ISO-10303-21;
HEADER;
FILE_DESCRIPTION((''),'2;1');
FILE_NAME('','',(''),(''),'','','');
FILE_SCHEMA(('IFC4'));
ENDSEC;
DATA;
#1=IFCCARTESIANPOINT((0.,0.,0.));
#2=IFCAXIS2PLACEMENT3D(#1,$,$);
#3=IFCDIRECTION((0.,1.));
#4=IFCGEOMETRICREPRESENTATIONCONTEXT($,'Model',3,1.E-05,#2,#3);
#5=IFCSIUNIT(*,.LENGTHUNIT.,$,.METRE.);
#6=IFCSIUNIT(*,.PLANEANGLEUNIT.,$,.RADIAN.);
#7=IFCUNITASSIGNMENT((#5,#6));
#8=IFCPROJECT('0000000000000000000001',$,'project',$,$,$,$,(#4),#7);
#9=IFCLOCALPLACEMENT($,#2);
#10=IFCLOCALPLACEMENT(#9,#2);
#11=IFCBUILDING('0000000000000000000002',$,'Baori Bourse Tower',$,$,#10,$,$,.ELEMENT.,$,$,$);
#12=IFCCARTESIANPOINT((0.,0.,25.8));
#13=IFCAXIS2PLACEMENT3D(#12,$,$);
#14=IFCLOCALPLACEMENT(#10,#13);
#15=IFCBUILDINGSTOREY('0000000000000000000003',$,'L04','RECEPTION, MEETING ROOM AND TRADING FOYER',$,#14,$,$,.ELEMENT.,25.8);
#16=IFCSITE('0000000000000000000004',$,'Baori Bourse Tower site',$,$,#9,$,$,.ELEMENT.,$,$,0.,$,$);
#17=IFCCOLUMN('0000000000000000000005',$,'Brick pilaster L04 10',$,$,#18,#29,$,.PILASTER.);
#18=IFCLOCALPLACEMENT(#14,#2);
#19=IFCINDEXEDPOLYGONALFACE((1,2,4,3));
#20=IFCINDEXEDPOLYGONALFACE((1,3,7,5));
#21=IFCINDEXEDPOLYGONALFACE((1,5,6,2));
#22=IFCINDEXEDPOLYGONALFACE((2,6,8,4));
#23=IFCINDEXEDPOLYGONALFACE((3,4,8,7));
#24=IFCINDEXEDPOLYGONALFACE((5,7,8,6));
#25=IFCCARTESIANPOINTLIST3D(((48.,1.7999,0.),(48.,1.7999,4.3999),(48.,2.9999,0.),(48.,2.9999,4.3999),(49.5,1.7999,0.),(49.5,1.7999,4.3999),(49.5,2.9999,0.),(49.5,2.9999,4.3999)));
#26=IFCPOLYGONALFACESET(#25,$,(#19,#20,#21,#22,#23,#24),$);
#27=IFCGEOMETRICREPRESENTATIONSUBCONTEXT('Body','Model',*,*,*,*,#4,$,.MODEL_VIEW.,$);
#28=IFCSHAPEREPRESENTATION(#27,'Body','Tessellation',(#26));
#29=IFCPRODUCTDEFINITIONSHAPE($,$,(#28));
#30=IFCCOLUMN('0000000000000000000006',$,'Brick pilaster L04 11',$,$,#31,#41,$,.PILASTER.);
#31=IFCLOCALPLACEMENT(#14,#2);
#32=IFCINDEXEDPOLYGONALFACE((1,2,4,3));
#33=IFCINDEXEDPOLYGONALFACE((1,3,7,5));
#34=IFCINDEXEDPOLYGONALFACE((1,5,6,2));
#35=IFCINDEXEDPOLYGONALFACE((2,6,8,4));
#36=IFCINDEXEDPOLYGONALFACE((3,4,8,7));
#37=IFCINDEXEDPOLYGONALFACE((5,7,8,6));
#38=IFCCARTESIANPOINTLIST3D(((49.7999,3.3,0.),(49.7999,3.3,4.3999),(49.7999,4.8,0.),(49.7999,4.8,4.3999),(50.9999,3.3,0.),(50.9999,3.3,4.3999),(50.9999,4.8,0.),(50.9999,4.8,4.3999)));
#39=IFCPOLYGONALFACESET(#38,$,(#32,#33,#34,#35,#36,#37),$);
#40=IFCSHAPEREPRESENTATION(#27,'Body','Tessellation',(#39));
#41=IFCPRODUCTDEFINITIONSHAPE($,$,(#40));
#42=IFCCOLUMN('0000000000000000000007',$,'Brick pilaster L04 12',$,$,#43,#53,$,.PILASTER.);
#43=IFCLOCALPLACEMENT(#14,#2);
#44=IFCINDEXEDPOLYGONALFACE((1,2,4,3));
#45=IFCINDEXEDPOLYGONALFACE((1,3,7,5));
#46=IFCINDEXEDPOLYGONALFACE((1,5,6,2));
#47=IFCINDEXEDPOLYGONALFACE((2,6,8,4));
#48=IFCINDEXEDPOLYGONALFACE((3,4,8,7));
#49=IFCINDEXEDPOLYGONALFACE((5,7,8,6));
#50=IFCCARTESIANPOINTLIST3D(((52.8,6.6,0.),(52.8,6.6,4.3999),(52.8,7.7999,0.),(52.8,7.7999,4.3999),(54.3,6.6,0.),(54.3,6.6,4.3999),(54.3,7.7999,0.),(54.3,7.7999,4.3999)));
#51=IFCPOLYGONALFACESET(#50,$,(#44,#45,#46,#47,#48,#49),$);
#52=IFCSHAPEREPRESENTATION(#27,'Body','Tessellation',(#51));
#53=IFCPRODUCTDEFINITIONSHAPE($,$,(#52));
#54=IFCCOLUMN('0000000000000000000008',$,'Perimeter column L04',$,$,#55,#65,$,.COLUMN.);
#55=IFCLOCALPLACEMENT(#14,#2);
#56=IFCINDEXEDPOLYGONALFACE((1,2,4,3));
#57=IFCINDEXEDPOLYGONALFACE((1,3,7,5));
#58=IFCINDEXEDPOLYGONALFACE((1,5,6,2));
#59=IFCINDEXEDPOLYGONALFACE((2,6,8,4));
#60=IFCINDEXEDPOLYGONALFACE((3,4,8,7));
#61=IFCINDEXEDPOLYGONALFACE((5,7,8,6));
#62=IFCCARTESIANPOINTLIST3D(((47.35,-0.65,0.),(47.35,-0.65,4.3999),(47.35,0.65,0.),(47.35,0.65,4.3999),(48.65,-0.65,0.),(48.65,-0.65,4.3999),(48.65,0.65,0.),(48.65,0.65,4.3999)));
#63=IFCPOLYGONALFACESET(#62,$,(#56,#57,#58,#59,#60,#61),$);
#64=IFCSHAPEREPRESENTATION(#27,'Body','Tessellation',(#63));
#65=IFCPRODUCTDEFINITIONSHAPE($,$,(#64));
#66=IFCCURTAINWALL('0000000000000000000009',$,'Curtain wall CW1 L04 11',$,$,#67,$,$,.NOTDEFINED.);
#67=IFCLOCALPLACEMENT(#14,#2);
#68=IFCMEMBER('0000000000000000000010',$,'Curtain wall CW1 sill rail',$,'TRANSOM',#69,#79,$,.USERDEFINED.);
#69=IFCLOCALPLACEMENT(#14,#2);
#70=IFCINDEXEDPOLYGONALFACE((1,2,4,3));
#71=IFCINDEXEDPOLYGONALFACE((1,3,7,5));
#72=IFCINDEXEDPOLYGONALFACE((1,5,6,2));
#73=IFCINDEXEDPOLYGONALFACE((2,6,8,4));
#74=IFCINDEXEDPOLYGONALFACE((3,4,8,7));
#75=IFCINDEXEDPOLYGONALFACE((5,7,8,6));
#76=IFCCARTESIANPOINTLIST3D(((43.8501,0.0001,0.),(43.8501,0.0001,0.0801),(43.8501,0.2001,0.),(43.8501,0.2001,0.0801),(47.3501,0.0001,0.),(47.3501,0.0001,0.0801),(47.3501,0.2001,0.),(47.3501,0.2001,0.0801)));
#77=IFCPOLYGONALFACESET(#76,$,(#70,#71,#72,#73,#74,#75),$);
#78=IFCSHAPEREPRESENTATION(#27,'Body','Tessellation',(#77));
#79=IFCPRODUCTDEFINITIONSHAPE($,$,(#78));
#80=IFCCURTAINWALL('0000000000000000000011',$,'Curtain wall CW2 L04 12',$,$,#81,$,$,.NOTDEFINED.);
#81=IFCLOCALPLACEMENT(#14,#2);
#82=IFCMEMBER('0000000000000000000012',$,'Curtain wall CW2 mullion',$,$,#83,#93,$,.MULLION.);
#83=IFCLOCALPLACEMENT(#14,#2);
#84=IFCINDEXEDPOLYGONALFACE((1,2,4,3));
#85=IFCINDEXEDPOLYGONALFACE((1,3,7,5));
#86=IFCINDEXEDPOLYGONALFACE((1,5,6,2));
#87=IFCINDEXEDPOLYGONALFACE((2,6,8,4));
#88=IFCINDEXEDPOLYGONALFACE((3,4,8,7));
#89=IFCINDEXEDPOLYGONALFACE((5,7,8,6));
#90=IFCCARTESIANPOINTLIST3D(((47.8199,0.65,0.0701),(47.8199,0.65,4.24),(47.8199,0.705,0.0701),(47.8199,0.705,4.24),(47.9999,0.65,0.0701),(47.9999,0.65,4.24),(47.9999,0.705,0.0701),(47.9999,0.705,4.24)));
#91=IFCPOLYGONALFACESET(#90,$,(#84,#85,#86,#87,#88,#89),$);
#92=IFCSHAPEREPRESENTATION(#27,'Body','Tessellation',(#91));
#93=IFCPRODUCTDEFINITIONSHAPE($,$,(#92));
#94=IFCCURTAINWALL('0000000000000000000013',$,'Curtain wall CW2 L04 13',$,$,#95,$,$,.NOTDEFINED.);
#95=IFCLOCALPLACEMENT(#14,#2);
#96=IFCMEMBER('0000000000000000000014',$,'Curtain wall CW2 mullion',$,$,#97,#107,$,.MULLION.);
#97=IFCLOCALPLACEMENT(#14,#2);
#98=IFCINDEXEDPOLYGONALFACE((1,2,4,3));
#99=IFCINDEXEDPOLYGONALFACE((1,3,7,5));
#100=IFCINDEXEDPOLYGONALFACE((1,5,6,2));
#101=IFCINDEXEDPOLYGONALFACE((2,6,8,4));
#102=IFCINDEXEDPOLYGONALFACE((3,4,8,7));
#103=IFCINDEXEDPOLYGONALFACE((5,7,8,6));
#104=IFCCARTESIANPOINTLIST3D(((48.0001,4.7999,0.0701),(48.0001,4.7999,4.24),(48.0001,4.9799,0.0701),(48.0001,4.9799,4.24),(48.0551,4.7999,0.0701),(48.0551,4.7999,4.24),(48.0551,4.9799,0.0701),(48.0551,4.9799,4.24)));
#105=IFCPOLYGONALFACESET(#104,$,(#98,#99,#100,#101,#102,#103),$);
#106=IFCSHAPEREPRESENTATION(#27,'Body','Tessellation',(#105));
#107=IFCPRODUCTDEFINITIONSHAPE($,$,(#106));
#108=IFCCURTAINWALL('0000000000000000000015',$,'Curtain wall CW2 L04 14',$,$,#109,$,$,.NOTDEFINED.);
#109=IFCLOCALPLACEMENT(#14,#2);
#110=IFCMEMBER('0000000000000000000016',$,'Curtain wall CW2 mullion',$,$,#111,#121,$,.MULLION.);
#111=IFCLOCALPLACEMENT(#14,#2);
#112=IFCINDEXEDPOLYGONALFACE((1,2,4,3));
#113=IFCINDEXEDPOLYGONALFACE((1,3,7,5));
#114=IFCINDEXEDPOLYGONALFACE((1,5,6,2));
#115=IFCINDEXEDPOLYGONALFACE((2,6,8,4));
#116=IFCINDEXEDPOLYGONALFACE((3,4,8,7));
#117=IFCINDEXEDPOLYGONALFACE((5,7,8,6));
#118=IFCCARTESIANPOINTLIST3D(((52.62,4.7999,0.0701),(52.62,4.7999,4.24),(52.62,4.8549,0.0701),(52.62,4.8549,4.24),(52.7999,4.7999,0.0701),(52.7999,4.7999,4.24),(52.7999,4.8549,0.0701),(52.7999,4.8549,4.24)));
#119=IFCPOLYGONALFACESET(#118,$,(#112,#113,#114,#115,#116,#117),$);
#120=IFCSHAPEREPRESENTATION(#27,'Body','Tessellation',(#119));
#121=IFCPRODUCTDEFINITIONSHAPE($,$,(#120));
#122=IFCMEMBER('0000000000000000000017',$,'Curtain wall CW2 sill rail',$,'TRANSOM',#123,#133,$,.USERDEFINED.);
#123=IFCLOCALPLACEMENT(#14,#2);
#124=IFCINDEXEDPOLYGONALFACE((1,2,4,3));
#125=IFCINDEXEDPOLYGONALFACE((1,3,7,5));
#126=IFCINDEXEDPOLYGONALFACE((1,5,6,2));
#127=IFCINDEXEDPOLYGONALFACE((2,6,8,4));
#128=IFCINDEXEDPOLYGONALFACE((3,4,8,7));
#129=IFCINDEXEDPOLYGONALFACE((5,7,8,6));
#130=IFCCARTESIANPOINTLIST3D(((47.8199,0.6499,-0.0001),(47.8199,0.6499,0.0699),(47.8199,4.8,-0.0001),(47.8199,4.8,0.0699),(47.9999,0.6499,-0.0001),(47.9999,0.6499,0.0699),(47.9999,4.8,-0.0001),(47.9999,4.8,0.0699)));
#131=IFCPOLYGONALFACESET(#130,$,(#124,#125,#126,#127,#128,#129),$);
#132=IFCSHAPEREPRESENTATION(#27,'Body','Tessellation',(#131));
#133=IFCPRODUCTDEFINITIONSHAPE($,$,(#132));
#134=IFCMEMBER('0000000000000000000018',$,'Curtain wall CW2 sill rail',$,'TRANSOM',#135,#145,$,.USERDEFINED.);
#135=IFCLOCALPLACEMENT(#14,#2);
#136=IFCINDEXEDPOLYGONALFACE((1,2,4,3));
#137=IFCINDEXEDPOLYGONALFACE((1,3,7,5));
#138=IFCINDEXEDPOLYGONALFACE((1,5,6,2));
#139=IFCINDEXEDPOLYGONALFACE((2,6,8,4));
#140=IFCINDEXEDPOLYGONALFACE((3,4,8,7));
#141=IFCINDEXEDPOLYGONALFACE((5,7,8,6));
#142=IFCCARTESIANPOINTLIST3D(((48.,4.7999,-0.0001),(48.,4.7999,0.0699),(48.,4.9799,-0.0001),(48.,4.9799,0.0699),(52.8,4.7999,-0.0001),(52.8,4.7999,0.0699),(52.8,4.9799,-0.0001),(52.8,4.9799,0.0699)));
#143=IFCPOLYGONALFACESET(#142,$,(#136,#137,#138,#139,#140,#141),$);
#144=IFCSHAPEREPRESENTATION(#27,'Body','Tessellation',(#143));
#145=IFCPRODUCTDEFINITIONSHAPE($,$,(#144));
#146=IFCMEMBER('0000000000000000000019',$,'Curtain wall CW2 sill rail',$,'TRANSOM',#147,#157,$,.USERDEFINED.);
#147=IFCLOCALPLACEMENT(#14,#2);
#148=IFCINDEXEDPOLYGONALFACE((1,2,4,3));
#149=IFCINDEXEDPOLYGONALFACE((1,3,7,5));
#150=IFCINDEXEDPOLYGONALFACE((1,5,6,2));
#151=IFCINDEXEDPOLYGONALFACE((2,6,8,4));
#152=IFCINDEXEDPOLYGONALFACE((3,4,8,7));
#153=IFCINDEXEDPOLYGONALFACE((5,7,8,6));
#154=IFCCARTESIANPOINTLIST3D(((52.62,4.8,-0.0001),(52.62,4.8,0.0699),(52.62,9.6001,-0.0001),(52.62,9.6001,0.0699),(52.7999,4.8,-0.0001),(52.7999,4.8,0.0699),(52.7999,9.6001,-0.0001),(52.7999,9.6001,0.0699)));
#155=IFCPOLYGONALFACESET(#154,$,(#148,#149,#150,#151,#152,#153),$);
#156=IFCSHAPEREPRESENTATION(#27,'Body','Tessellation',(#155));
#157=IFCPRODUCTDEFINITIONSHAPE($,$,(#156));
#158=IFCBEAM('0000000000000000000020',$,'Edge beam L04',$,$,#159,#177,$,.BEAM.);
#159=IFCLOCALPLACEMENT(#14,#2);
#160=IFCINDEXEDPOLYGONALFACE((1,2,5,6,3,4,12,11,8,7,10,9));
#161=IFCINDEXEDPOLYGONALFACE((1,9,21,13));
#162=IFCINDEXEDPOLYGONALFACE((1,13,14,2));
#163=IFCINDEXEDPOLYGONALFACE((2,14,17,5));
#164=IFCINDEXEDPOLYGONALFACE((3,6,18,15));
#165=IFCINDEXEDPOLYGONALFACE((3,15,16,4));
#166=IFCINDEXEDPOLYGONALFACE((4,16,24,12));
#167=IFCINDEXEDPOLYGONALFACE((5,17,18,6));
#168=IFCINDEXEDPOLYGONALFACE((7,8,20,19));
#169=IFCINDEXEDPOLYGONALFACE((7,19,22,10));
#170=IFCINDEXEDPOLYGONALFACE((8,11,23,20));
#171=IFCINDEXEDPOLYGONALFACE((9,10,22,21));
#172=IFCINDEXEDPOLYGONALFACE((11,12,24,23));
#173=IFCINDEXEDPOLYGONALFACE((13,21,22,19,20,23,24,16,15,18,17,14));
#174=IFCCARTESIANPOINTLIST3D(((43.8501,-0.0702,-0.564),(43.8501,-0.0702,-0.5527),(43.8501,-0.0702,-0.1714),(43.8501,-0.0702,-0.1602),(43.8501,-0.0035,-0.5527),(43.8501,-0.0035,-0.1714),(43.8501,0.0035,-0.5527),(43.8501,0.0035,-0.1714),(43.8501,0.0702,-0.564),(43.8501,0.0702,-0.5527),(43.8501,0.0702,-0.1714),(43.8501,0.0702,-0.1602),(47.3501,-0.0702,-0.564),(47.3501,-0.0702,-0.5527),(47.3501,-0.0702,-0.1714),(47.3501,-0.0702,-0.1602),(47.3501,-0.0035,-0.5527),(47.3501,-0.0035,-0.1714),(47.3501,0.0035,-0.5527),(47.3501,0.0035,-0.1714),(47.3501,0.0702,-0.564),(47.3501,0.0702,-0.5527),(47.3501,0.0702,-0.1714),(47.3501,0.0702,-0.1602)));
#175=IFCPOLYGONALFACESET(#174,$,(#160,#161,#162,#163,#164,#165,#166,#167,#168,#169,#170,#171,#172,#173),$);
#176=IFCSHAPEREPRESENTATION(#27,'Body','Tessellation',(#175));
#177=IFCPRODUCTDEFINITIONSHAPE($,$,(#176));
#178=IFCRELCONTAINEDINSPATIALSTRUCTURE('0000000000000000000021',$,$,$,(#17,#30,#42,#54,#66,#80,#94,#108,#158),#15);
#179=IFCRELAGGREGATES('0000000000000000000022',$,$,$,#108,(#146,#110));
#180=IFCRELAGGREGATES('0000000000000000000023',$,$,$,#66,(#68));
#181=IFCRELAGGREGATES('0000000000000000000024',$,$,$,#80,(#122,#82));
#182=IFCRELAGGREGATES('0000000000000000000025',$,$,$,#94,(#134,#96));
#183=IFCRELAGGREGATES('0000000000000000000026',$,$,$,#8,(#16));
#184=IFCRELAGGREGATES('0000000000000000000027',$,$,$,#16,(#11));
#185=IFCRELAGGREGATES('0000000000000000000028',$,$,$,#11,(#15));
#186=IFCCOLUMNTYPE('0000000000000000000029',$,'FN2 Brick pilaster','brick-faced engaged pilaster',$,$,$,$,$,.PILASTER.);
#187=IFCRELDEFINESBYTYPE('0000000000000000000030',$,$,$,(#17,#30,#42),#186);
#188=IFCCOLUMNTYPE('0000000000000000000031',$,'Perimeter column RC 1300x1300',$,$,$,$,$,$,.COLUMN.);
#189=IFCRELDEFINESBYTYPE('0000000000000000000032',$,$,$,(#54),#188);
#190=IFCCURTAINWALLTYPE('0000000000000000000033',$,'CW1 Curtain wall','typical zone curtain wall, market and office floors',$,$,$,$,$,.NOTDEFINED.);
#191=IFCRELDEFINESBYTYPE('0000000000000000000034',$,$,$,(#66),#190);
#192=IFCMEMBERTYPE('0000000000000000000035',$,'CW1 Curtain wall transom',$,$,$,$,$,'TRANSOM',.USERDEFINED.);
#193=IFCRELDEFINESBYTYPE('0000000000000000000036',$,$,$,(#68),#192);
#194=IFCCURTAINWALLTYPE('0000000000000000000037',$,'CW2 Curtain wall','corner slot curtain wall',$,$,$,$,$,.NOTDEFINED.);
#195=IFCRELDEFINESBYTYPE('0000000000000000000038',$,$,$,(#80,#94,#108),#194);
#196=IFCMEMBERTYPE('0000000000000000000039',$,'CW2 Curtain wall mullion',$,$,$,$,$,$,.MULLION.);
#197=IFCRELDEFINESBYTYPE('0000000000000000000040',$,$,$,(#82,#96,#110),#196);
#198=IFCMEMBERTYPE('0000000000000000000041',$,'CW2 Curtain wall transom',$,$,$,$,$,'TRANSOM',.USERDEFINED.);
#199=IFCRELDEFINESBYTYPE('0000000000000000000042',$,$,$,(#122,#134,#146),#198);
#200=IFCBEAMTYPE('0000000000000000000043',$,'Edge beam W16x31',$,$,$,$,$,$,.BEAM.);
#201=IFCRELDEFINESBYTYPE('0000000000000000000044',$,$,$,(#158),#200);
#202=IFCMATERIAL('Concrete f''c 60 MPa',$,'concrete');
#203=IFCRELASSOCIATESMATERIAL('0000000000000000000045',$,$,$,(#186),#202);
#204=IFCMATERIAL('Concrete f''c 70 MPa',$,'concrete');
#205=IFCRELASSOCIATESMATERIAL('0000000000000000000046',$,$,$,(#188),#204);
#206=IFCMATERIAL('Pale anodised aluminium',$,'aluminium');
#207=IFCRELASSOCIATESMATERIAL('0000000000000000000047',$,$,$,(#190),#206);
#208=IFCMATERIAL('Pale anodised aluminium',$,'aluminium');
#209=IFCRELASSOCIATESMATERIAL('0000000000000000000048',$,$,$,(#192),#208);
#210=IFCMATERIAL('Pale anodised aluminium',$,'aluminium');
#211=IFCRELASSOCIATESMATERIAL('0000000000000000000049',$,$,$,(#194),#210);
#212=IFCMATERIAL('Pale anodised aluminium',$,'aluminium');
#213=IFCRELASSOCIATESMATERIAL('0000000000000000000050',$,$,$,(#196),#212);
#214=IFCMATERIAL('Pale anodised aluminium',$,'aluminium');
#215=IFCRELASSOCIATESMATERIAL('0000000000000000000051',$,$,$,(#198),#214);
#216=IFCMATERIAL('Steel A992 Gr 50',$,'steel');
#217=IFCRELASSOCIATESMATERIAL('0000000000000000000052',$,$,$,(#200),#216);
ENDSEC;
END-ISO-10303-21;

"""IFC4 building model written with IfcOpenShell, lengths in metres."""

from ifc_helpers import new_model, si_unit, direction, frame, origin, origin_2d, place, context, subcontext, project, spatial, rectangle, i_section, extrude, material, material_profile, profile_set, type_object, element, aggregate, save


model = new_model("IFC4")

# Units and contexts
model_context = context("Model", 3, precision=1e-05, world=origin(), true_north=direction((0.0, 1.0)))
body_context = subcontext(model_context, "Body", "Model", "MODEL_VIEW")
ifc_project = project(units=[si_unit("LENGTHUNIT", "METRE"), si_unit("PLANEANGLEUNIT", "RADIAN")], contexts=[model_context])

# Site, building, storey
site_placement = place(None, origin())
site = spatial("IfcSite", under=ifc_project, at=site_placement, Name="Baori Bourse Tower site", CompositionType="ELEMENT", RefElevation=0.0)
building_placement = place(site_placement, origin())
building = spatial("IfcBuilding", under=site, at=building_placement, Name="Baori Bourse Tower", CompositionType="ELEMENT")
storey_placement = place(building_placement, frame((0.0, 0.0, 25.8)))
storey = spatial("IfcBuildingStorey", under=building, at=storey_placement, Name="L04", Description="RECEPTION, MEETING ROOM AND TRADING FOYER", CompositionType="ELEMENT", Elevation=25.8)

# Columns
ifc_material_1 = material(Name="Concrete f'c 60 MPa", Category="concrete")
ifc_material_profile_1 = material_profile(ifc_material_1, rectangle(XDim=1.2, YDim=1.5, at=origin_2d()), Name="RC 1200x1500")
ifc_profile_set_1 = profile_set([ifc_material_profile_1], Name="Concrete f'c 60 MPa")
column_type_1 = type_object("IfcColumnType", Name="FN2 Brick pilaster", Description="brick-faced engaged pilaster", PredefinedType="PILASTER", material=ifc_profile_set_1)
for number, where, z_axis, x_axis, name in (
    (1, (48.75, 2.3999, 0.0), (0.0, 0.0, 1.0), (0.0, 1.0, 0.0), "Brick pilaster L04 10"),
    (2, (50.3999, 4.05, 0.0), (0.0, 0.0, 1.0), (1.0, 0.0, 0.0), "Brick pilaster L04 11"),
    (3, (53.55, 7.2, 0.0), (0.0, 0.0, 1.0), (0.0, 1.0, 0.0), "Brick pilaster L04 12"),
):
    element("IfcColumn", number, at=place(storey_placement, frame(where, z_axis=z_axis, x_axis=x_axis)), inside=storey, type_object=column_type_1, Name=name, PredefinedType="PILASTER", context=body_context, shape_type="SweptSolid", body=[
        extrude(rectangle(XDim=1.2, YDim=1.5, at=origin_2d()), origin(), (0.0, 0.0, 1.0), 4.3999),
    ])
ifc_material_2 = material(Name="Concrete f'c 70 MPa", Category="concrete")
ifc_material_profile_2 = material_profile(ifc_material_2, rectangle(XDim=1.3, YDim=1.3, at=origin_2d()), Name="RC 1300x1300")
ifc_profile_set_2 = profile_set([ifc_material_profile_2], Name="Concrete f'c 70 MPa")
column_type_2 = type_object("IfcColumnType", Name="Perimeter column RC 1300x1300", PredefinedType="COLUMN", material=ifc_profile_set_2)
column_placement = place(storey_placement, frame((48.0, 0.0, 0.0), z_axis=(0.0, 0.0, 1.0), x_axis=(1.0, 0.0, 0.0)))
element("IfcColumn", 4, at=column_placement, inside=storey, type_object=column_type_2, Name="Perimeter column L04", PredefinedType="COLUMN", context=body_context, shape_type="SweptSolid", body=[
    extrude(rectangle(XDim=1.3, YDim=1.3, at=origin_2d()), origin(), (0.0, 0.0, 1.0), 4.3999),
])

# Curtain walls, members
ifc_material_3 = material(Name="Pale anodised aluminium", Category="aluminium")
curtain_wall_type_1 = type_object("IfcCurtainWallType", Name="CW1 Curtain wall", Description="typical zone curtain wall, market and office floors", PredefinedType="NOTDEFINED", material=ifc_material_3)
curtain_wall_1_placement = place(storey_placement, origin())
curtain_wall_1 = element("IfcCurtainWall", 5, at=curtain_wall_1_placement, inside=storey, type_object=curtain_wall_type_1, Name="Curtain wall CW1 L04 11", PredefinedType="NOTDEFINED")
ifc_material_4 = material(Name="Pale anodised aluminium", Category="aluminium")
ifc_material_profile_3 = material_profile(ifc_material_4, rectangle(XDim=0.2, YDim=0.0801, at=origin_2d()), Name="Transom 80x200")
ifc_profile_set_3 = profile_set([ifc_material_profile_3], Name="Pale anodised aluminium")
member_type_1 = type_object("IfcMemberType", Name="CW1 Curtain wall transom", ElementType="TRANSOM", PredefinedType="USERDEFINED", material=ifc_profile_set_3)
member_1_placement = place(storey_placement, frame((43.8501, 0.1001, 0.04), z_axis=(1.0, 0.0, 0.0), x_axis=(0.0, 1.0, 0.0)))
member_1 = element("IfcMember", 6, at=member_1_placement, type_object=member_type_1, Name="Curtain wall CW1 sill rail", ObjectType="TRANSOM", PredefinedType="USERDEFINED", context=body_context, shape_type="SweptSolid", body=[
    extrude(rectangle(XDim=0.2, YDim=0.0801, at=origin_2d()), origin(), (0.0, 0.0, 1.0), 3.5),
])
ifc_material_5 = material(Name="Pale anodised aluminium", Category="aluminium")
curtain_wall_type_2 = type_object("IfcCurtainWallType", Name="CW2 Curtain wall", Description="corner slot curtain wall", PredefinedType="NOTDEFINED", material=ifc_material_5)
curtain_wall_2_placement = place(storey_placement, origin())
curtain_wall_2 = element("IfcCurtainWall", 7, at=curtain_wall_2_placement, inside=storey, type_object=curtain_wall_type_2, Name="Curtain wall CW2 L04 12", PredefinedType="NOTDEFINED")
ifc_material_6 = material(Name="Pale anodised aluminium", Category="aluminium")
ifc_material_profile_4 = material_profile(ifc_material_6, rectangle(XDim=0.1799, YDim=0.0549, at=origin_2d()), Name="Mullion 55x180")
ifc_profile_set_4 = profile_set([ifc_material_profile_4], Name="Pale anodised aluminium")
member_type_2 = type_object("IfcMemberType", Name="CW2 Curtain wall mullion", PredefinedType="MULLION", material=ifc_profile_set_4)
member_2_placement = place(storey_placement, frame((47.9099, 0.6775, 0.0701), z_axis=(0.0, 0.0, 1.0), x_axis=(-1.0, 0.0, 0.0)))
member_2 = element("IfcMember", 8, at=member_2_placement, type_object=member_type_2, Name="Curtain wall CW2 mullion", PredefinedType="MULLION", context=body_context, shape_type="SweptSolid", body=[
    extrude(rectangle(XDim=0.1799, YDim=0.0549, at=origin_2d()), origin(), (0.0, 0.0, 1.0), 4.1699),
])
curtain_wall_3_placement = place(storey_placement, origin())
curtain_wall_3 = element("IfcCurtainWall", 9, at=curtain_wall_3_placement, inside=storey, type_object=curtain_wall_type_2, Name="Curtain wall CW2 L04 13", PredefinedType="NOTDEFINED")
member_3_placement = place(storey_placement, frame((48.0276, 4.8899, 0.0701), z_axis=(0.0, 0.0, 1.0), x_axis=(0.0, 1.0, 0.0)))
member_3 = element("IfcMember", 10, at=member_3_placement, type_object=member_type_2, Name="Curtain wall CW2 mullion", PredefinedType="MULLION", context=body_context, shape_type="SweptSolid", body=[
    extrude(rectangle(XDim=0.1799, YDim=0.0549, at=origin_2d()), origin(), (0.0, 0.0, 1.0), 4.1699),
])
curtain_wall_4_placement = place(storey_placement, origin())
curtain_wall_4 = element("IfcCurtainWall", 11, at=curtain_wall_4_placement, inside=storey, type_object=curtain_wall_type_2, Name="Curtain wall CW2 L04 14", PredefinedType="NOTDEFINED")
member_4_placement = place(storey_placement, frame((52.71, 4.8274, 0.0701), z_axis=(0.0, 0.0, 1.0), x_axis=(-1.0, 0.0, 0.0)))
member_4 = element("IfcMember", 12, at=member_4_placement, type_object=member_type_2, Name="Curtain wall CW2 mullion", PredefinedType="MULLION", context=body_context, shape_type="SweptSolid", body=[
    extrude(rectangle(XDim=0.1799, YDim=0.0549, at=origin_2d()), origin(), (0.0, 0.0, 1.0), 4.1699),
])

# Members
ifc_material_7 = material(Name="Pale anodised aluminium", Category="aluminium")
ifc_material_profile_5 = material_profile(ifc_material_7, rectangle(XDim=0.1799, YDim=0.0701, at=origin_2d()), Name="Transom 70x180")
ifc_profile_set_5 = profile_set([ifc_material_profile_5], Name="Pale anodised aluminium")
member_type_3 = type_object("IfcMemberType", Name="CW2 Curtain wall transom", ElementType="TRANSOM", PredefinedType="USERDEFINED", material=ifc_profile_set_5)
member_5_placement = place(storey_placement, frame((47.9099, 0.6499, 0.0349), z_axis=(0.0, 1.0, 0.0), x_axis=(-1.0, 0.0, 0.0)))
member_5 = element("IfcMember", 13, at=member_5_placement, type_object=member_type_3, Name="Curtain wall CW2 sill rail", ObjectType="TRANSOM", PredefinedType="USERDEFINED", context=body_context, shape_type="SweptSolid", body=[
    extrude(rectangle(XDim=0.1799, YDim=0.0701, at=origin_2d()), origin(), (0.0, 0.0, 1.0), 4.1501),
])
member_6_placement = place(storey_placement, frame((48.0, 4.8899, 0.0349), z_axis=(1.0, 0.0, 0.0), x_axis=(0.0, 1.0, 0.0)))
member_6 = element("IfcMember", 14, at=member_6_placement, type_object=member_type_3, Name="Curtain wall CW2 sill rail", ObjectType="TRANSOM", PredefinedType="USERDEFINED", context=body_context, shape_type="SweptSolid", body=[
    extrude(rectangle(XDim=0.1799, YDim=0.0701, at=origin_2d()), origin(), (0.0, 0.0, 1.0), 4.8),
])
member_7_placement = place(storey_placement, frame((52.71, 4.8, 0.0349), z_axis=(0.0, 1.0, 0.0), x_axis=(-1.0, 0.0, 0.0)))
member_7 = element("IfcMember", 15, at=member_7_placement, type_object=member_type_3, Name="Curtain wall CW2 sill rail", ObjectType="TRANSOM", PredefinedType="USERDEFINED", context=body_context, shape_type="SweptSolid", body=[
    extrude(rectangle(XDim=0.1799, YDim=0.0701, at=origin_2d()), origin(), (0.0, 0.0, 1.0), 4.8),
])
aggregate(curtain_wall_4, [member_7, member_4])

# Beam
ifc_material_8 = material(Name="Steel A992 Gr 50", Category="steel")
ifc_material_profile_6 = material_profile(ifc_material_8, i_section(OverallWidth=0.1404, OverallDepth=0.4038, WebThickness=0.0071, FlangeThickness=0.0112, at=origin_2d()), Name="W16x31")
ifc_profile_set_6 = profile_set([ifc_material_profile_6], Name="Steel A992 Gr 50")
beam_type_1 = type_object("IfcBeamType", Name="Edge beam W16x31", PredefinedType="BEAM", material=ifc_profile_set_6)
beam_1_placement = place(storey_placement, frame((43.8501, 0.0, -0.3621), z_axis=(1.0, 0.0, 0.0), x_axis=(0.0, 1.0, 0.0)))
element("IfcBeam", 16, at=beam_1_placement, inside=storey, type_object=beam_type_1, Name="Edge beam L04", PredefinedType="BEAM", context=body_context, shape_type="SweptSolid", body=[
    extrude(i_section(OverallWidth=0.1404, OverallDepth=0.4038, WebThickness=0.0071, FlangeThickness=0.0112, at=origin_2d()), origin(), (0.0, 0.0, 1.0), 3.5),
])

aggregate(curtain_wall_1, [member_1])
aggregate(curtain_wall_2, [member_5, member_2])
aggregate(curtain_wall_3, [member_6, member_3])

save(model, "model.ifc")
